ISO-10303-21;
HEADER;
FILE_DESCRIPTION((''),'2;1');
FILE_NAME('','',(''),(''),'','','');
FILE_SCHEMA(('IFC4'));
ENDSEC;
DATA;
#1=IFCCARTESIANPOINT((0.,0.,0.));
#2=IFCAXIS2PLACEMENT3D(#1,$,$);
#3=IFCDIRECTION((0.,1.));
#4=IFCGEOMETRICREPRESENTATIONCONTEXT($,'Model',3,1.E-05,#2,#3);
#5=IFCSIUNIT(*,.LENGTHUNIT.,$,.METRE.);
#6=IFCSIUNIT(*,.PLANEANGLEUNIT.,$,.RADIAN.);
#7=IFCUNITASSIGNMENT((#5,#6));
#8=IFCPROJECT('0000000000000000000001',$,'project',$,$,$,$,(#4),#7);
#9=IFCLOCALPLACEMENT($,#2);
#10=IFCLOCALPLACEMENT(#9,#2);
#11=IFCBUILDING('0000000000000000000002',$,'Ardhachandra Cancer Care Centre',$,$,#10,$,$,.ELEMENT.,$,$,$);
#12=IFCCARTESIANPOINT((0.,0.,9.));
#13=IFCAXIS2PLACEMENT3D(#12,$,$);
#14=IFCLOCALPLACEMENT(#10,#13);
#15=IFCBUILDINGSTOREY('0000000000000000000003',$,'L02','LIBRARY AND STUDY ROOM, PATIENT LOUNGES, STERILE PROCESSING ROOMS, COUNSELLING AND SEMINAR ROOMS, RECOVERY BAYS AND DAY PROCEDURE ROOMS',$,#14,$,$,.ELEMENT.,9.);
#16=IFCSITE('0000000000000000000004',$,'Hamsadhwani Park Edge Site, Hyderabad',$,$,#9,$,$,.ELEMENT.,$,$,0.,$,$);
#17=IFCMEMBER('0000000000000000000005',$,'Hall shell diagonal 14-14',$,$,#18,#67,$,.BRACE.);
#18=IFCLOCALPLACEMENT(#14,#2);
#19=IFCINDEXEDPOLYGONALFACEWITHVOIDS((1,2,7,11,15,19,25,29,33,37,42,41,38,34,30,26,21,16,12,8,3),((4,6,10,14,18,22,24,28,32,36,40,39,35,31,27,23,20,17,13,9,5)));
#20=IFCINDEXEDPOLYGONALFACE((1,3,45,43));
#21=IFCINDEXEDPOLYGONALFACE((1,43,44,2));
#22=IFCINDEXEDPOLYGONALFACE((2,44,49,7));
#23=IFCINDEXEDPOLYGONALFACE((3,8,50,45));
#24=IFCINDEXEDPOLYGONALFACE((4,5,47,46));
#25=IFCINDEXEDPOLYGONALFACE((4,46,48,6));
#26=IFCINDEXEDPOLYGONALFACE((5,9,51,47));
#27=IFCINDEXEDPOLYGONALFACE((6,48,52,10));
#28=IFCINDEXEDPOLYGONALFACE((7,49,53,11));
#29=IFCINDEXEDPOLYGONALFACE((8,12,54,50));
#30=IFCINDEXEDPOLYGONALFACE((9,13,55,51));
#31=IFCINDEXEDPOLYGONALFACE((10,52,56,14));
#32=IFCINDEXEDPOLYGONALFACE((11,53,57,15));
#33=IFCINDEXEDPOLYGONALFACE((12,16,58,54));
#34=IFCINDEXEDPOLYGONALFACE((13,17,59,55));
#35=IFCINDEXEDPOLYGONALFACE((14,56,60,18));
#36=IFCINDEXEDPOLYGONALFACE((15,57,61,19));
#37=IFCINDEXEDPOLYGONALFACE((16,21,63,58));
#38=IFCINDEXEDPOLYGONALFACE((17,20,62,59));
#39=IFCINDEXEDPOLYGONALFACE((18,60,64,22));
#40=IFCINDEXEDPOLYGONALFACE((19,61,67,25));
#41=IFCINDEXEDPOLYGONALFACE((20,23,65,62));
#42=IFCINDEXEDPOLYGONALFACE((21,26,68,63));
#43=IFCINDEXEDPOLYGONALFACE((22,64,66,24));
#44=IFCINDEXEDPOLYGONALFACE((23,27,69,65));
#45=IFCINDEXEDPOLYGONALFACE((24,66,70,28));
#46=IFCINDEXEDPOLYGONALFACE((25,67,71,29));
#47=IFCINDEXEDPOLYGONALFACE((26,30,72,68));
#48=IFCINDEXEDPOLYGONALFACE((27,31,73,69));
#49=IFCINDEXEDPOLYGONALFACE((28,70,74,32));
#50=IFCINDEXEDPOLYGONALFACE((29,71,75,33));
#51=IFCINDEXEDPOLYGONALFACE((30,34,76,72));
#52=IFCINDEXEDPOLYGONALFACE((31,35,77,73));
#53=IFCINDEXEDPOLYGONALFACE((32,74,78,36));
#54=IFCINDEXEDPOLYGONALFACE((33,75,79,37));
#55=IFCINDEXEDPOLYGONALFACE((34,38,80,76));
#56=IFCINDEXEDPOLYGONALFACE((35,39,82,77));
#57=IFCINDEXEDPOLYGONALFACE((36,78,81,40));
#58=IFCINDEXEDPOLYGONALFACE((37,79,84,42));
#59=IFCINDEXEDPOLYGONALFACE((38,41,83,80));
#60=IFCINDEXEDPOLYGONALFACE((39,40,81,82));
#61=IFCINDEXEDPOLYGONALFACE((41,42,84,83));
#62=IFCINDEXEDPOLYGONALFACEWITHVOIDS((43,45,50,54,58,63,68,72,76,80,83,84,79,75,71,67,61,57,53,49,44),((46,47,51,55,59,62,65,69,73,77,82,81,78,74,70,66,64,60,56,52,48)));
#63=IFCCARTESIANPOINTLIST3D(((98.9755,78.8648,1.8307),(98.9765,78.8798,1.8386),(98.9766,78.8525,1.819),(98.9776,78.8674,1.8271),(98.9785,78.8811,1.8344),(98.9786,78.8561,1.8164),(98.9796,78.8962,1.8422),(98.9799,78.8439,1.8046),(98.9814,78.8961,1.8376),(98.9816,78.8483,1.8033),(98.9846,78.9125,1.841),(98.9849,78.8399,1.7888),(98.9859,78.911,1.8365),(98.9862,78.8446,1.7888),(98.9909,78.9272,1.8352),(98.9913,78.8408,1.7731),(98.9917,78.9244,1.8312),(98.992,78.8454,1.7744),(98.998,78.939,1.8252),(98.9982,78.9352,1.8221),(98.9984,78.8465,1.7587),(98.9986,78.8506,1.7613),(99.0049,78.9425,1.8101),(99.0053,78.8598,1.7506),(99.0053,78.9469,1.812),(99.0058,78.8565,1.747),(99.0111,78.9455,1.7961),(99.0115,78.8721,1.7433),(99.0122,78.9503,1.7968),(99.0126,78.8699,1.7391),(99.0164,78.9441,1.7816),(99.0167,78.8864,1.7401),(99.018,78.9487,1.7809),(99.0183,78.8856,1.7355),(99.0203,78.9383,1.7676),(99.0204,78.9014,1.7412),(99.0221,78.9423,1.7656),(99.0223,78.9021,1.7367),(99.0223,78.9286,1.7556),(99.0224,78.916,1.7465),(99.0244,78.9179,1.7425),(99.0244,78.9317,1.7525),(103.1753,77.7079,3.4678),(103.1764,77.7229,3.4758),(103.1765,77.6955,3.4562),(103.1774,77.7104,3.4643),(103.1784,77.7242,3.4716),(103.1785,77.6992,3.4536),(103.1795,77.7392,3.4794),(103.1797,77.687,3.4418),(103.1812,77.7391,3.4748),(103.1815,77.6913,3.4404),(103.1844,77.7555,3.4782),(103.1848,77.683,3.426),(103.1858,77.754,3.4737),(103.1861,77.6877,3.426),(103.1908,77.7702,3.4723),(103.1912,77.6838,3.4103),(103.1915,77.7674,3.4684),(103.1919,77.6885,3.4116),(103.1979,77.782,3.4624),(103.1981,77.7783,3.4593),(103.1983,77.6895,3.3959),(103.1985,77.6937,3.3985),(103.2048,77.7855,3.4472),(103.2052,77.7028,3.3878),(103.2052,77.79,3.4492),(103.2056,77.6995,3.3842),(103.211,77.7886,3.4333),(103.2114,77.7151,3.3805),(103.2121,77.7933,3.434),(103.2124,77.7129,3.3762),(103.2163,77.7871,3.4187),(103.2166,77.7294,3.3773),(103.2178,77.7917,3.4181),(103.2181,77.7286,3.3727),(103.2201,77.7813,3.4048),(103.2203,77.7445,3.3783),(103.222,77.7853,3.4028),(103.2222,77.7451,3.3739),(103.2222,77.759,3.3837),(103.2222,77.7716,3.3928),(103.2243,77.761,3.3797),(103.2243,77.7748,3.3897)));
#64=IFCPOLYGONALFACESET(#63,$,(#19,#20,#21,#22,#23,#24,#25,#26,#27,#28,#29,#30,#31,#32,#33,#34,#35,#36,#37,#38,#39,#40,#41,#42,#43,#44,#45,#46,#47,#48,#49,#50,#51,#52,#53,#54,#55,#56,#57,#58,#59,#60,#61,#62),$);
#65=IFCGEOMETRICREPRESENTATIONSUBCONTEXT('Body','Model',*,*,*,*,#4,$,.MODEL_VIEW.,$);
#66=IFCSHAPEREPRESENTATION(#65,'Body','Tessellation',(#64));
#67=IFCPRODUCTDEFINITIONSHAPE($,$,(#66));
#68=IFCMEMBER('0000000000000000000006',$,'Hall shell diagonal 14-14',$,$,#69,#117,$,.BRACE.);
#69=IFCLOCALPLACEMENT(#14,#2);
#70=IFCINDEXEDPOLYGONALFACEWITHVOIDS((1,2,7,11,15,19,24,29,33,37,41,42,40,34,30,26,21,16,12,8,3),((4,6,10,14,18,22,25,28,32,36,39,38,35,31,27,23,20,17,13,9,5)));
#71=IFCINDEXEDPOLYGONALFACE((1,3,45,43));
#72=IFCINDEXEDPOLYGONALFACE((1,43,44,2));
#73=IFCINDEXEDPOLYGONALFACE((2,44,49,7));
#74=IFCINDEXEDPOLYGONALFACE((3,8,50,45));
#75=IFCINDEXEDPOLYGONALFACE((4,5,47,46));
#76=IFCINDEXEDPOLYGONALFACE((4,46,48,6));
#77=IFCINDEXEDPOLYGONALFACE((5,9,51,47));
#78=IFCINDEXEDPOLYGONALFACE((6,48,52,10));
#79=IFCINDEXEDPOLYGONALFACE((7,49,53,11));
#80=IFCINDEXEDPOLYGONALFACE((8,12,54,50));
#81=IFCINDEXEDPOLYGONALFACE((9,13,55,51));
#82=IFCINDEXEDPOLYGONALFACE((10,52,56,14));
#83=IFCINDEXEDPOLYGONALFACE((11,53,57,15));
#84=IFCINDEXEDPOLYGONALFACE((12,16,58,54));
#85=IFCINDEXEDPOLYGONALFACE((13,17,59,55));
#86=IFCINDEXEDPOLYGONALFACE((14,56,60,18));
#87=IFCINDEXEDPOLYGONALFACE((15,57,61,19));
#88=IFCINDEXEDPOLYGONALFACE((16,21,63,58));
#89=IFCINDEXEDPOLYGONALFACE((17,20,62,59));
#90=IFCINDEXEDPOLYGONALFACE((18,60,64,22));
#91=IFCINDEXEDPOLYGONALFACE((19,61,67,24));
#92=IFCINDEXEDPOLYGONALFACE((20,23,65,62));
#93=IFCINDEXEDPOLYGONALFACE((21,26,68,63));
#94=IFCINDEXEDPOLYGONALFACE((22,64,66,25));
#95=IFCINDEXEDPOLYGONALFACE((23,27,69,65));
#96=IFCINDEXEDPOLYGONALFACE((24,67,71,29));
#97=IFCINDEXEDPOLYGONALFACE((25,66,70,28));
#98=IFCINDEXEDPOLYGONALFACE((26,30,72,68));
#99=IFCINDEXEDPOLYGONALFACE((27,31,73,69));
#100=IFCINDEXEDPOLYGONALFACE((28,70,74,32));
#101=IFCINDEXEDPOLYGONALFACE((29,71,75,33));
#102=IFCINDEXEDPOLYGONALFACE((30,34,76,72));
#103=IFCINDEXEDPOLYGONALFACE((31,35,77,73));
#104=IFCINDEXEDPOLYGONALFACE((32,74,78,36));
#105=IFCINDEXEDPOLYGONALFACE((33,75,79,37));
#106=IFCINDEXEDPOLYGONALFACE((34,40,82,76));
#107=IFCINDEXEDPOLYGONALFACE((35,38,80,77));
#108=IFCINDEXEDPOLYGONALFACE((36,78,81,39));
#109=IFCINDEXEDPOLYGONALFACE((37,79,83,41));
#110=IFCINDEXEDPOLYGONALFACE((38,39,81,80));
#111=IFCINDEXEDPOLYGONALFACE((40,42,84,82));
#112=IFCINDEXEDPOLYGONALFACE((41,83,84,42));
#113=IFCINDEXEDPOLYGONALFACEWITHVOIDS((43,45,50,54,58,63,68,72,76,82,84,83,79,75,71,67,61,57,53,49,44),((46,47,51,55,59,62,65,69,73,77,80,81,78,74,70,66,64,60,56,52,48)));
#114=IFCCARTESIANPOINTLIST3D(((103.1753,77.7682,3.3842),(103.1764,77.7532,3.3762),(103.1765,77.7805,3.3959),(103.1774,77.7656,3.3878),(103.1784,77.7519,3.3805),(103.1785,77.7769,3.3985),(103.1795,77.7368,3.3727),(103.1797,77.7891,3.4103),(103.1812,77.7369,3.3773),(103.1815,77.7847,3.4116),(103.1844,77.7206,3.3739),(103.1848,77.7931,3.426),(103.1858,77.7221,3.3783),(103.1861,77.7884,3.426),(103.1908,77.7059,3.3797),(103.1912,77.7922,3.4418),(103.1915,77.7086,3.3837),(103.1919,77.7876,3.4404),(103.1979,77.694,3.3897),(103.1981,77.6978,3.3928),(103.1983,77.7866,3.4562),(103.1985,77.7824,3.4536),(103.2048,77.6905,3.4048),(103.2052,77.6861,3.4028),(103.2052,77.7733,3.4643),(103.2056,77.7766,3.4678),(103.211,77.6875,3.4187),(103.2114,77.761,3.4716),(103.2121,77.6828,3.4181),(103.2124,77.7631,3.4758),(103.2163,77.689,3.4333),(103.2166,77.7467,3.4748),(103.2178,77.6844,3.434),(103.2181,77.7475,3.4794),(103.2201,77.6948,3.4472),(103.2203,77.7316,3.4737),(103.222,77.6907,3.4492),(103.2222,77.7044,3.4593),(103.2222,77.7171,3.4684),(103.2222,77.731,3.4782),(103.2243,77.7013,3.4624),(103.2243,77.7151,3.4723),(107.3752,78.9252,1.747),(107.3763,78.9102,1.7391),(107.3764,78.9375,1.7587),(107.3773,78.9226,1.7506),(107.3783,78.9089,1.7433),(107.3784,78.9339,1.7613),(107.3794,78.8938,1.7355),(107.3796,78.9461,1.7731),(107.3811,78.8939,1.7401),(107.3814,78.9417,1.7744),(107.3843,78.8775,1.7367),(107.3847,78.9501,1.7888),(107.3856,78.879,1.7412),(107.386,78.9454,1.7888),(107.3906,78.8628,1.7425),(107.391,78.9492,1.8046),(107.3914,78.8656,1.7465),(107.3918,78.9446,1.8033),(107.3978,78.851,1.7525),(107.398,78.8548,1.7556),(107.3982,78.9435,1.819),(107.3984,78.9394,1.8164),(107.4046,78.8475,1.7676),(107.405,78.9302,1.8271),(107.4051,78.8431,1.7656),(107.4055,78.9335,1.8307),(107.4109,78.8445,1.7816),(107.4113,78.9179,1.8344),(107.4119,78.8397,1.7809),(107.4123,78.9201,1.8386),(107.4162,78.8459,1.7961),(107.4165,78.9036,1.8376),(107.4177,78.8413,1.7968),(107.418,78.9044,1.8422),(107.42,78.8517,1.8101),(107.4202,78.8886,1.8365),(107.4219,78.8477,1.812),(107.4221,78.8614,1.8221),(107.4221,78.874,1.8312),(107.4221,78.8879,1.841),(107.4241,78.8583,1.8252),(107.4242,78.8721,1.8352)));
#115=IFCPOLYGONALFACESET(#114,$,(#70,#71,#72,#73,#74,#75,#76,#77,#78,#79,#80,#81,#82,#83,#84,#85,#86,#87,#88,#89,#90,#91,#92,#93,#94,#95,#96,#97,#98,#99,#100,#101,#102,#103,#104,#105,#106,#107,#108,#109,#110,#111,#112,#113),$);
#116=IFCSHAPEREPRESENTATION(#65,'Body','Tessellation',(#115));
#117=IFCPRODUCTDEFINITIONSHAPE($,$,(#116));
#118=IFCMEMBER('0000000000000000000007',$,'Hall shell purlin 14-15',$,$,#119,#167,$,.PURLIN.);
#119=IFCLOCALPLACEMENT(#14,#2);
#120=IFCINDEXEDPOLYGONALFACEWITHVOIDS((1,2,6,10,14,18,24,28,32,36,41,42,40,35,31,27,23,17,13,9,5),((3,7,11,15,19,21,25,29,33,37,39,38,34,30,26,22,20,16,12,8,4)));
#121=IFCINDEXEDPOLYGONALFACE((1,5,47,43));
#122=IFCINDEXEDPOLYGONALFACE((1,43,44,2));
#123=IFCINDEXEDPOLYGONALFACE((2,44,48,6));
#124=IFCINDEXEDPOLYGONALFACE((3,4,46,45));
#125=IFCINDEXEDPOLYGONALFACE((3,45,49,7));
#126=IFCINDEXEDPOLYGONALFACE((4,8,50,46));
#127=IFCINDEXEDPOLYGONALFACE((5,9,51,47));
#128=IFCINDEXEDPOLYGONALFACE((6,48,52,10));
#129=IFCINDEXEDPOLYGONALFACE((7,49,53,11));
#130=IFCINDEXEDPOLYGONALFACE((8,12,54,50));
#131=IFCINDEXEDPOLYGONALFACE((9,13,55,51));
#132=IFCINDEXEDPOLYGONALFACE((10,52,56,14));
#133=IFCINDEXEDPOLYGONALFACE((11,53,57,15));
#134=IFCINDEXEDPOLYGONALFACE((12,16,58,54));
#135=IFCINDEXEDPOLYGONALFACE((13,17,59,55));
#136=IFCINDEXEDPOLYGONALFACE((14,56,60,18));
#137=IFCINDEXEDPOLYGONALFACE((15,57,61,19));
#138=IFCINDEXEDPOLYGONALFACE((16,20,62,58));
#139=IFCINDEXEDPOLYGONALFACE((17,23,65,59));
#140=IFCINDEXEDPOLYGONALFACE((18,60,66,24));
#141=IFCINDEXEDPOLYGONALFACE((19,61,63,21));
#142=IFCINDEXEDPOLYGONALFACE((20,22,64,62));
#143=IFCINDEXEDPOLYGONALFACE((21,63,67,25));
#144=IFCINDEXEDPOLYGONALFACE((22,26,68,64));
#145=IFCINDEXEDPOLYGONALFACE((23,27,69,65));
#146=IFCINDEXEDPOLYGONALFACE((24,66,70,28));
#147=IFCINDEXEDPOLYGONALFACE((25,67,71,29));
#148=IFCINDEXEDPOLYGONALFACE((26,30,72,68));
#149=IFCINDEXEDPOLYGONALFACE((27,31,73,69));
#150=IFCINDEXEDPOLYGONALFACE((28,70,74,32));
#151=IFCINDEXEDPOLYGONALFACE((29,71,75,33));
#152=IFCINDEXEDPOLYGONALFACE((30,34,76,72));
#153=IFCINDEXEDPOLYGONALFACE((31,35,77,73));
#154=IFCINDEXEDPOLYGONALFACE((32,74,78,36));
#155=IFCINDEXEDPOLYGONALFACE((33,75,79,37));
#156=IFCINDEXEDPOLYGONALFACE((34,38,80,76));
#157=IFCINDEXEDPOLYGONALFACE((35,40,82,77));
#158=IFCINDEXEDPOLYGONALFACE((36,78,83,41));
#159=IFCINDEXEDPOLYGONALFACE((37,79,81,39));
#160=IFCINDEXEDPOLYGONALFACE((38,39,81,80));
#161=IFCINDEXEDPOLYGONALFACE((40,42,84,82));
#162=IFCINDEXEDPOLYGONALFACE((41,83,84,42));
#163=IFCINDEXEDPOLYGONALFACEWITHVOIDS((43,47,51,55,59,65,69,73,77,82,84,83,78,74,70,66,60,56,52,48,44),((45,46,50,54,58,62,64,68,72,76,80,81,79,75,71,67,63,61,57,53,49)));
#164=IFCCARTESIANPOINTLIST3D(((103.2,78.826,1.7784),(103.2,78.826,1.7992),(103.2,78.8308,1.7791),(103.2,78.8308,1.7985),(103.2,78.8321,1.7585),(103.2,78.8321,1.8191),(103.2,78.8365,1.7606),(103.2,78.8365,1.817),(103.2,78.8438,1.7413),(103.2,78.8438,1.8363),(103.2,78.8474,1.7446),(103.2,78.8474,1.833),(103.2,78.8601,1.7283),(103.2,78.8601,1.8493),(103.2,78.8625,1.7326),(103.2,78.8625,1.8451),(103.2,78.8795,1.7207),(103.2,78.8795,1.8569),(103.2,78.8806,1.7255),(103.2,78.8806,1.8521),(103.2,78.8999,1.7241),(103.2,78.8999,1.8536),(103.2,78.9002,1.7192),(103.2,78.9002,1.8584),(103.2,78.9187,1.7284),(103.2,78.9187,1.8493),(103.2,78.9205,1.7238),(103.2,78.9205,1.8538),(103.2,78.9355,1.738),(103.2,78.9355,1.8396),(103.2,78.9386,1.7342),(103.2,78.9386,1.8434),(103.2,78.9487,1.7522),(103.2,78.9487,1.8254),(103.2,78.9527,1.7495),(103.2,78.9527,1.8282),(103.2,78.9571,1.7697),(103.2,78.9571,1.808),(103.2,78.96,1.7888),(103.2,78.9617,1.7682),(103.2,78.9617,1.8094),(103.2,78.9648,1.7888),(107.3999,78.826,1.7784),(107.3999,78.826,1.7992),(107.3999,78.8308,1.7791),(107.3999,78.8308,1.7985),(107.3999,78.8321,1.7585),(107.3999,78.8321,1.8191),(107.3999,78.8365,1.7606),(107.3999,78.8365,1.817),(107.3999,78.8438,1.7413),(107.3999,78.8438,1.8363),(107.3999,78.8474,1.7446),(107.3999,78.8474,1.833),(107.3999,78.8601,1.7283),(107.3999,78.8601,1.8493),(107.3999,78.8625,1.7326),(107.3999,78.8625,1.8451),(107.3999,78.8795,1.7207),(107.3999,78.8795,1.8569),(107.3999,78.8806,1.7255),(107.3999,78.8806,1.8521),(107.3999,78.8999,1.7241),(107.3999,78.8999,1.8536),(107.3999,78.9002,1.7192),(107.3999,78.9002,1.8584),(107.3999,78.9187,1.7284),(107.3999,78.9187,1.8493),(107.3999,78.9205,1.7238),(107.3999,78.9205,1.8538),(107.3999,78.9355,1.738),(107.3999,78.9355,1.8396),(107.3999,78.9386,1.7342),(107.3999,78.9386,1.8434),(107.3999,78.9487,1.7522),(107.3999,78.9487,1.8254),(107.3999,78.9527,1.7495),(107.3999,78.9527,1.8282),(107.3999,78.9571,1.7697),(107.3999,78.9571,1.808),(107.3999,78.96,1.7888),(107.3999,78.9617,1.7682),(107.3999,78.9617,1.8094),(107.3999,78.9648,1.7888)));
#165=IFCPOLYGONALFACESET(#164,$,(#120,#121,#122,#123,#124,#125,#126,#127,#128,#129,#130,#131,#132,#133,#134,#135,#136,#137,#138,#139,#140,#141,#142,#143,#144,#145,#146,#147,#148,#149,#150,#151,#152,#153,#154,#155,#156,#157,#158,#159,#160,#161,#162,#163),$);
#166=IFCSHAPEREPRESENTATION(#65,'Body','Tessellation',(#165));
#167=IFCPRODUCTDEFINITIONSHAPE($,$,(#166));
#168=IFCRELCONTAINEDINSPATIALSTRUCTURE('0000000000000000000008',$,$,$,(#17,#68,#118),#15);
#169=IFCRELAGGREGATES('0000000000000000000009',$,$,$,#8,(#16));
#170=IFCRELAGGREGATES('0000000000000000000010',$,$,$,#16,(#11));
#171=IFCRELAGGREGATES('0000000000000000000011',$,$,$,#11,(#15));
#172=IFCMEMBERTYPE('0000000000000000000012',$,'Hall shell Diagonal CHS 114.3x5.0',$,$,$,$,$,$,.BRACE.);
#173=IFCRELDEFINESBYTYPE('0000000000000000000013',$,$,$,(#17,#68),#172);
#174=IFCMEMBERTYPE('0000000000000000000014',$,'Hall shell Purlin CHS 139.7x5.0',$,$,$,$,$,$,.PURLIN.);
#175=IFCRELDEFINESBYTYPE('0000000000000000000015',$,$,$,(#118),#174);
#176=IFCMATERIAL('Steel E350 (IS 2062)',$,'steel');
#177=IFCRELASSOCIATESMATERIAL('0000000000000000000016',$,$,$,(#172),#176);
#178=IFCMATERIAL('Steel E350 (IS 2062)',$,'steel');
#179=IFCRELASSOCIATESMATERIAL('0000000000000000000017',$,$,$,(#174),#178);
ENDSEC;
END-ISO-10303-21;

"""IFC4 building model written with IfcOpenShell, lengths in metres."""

from ifc_helpers import new_model, si_unit, direction, frame, origin, origin_2d, place, context, subcontext, project, spatial, hollow_circle, extrude, material, material_profile, profile_set, type_object, element, save


model = new_model("IFC4")

# Units and contexts
model_context = context("Model", 3, precision=1e-05, world=origin(), true_north=direction((0.0, 1.0)))
body_context = subcontext(model_context, "Body", "Model", "MODEL_VIEW")
ifc_project = project(units=[si_unit("LENGTHUNIT", "METRE"), si_unit("PLANEANGLEUNIT", "RADIAN")], contexts=[model_context])

# Site, building, storey
site_placement = place(None, origin())
site = spatial("IfcSite", under=ifc_project, at=site_placement, Name="Hamsadhwani Park Edge Site, Hyderabad", CompositionType="ELEMENT", RefElevation=0.0)
building_placement = place(site_placement, origin())
building = spatial("IfcBuilding", under=site, at=building_placement, Name="Ardhachandra Cancer Care Centre", CompositionType="ELEMENT")
storey_placement = place(building_placement, frame((0.0, 0.0, 9.0)))
storey = spatial("IfcBuildingStorey", under=building, at=storey_placement, Name="L02", Description="LIBRARY AND STUDY ROOM, PATIENT LOUNGES, STERILE PROCESSING ROOMS, COUNSELLING AND SEMINAR ROOMS, RECOVERY BAYS AND DAY PROCEDURE ROOMS", CompositionType="ELEMENT", Elevation=9.0)

# Members
ifc_material_1 = material(Name="Steel E350 (IS 2062)", Category="steel")
ifc_material_profile_1 = material_profile(ifc_material_1, hollow_circle(Radius=0.0571, WallThickness=0.0049, at=origin_2d()), Name="CHS 114.3x5.0")
ifc_profile_set_1 = profile_set([ifc_material_profile_1], Name="Steel E350 (IS 2062)")
member_type_1 = type_object("IfcMemberType", Name="Hall shell Diagonal CHS 114.3x5.0", PredefinedType="BRACE", material=ifc_profile_set_1)
for number, where, z_axis, x_axis, name in (
    (1, (103.2, 77.738, 3.426), (-0.902461, 0.248606, -0.351794), (-0.265582, -0.964088, 0.0), "Hall shell diagonal 14-14"),
    (2, (103.2, 77.738, 3.426), (0.902461, 0.248606, -0.351794), (-0.265582, 0.964088, 0.0), "Hall shell diagonal 14-14"),
):
    element("IfcMember", number, at=place(storey_placement, frame(where, z_axis=z_axis, x_axis=x_axis)), inside=storey, type_object=member_type_1, Name=name, PredefinedType="BRACE", context=body_context, shape_type="SweptSolid", body=[
        extrude(hollow_circle(Radius=0.0571, WallThickness=0.0049, at=origin_2d()), origin(), (0.0, 0.0, 1.0), 4.6538),
    ])
ifc_material_2 = material(Name="Steel E350 (IS 2062)", Category="steel")
ifc_material_profile_2 = material_profile(ifc_material_2, hollow_circle(Radius=0.0698, WallThickness=0.0049, at=origin_2d()), Name="CHS 139.7x5.0")
ifc_profile_set_2 = profile_set([ifc_material_profile_2], Name="Steel E350 (IS 2062)")
member_type_2 = type_object("IfcMemberType", Name="Hall shell Purlin CHS 139.7x5.0", PredefinedType="PURLIN", material=ifc_profile_set_2)
member_1_placement = place(storey_placement, frame((103.2, 78.895, 1.7888), z_axis=(1.0, 0.0, 0.0), x_axis=(0.0, 1.0, 0.0)))
element("IfcMember", 3, at=member_1_placement, inside=storey, type_object=member_type_2, Name="Hall shell purlin 14-15", PredefinedType="PURLIN", context=body_context, shape_type="SweptSolid", body=[
    extrude(hollow_circle(Radius=0.0698, WallThickness=0.0049, at=origin_2d()), origin(), (0.0, 0.0, 1.0), 4.2),
])

save(model, "model.ifc")
